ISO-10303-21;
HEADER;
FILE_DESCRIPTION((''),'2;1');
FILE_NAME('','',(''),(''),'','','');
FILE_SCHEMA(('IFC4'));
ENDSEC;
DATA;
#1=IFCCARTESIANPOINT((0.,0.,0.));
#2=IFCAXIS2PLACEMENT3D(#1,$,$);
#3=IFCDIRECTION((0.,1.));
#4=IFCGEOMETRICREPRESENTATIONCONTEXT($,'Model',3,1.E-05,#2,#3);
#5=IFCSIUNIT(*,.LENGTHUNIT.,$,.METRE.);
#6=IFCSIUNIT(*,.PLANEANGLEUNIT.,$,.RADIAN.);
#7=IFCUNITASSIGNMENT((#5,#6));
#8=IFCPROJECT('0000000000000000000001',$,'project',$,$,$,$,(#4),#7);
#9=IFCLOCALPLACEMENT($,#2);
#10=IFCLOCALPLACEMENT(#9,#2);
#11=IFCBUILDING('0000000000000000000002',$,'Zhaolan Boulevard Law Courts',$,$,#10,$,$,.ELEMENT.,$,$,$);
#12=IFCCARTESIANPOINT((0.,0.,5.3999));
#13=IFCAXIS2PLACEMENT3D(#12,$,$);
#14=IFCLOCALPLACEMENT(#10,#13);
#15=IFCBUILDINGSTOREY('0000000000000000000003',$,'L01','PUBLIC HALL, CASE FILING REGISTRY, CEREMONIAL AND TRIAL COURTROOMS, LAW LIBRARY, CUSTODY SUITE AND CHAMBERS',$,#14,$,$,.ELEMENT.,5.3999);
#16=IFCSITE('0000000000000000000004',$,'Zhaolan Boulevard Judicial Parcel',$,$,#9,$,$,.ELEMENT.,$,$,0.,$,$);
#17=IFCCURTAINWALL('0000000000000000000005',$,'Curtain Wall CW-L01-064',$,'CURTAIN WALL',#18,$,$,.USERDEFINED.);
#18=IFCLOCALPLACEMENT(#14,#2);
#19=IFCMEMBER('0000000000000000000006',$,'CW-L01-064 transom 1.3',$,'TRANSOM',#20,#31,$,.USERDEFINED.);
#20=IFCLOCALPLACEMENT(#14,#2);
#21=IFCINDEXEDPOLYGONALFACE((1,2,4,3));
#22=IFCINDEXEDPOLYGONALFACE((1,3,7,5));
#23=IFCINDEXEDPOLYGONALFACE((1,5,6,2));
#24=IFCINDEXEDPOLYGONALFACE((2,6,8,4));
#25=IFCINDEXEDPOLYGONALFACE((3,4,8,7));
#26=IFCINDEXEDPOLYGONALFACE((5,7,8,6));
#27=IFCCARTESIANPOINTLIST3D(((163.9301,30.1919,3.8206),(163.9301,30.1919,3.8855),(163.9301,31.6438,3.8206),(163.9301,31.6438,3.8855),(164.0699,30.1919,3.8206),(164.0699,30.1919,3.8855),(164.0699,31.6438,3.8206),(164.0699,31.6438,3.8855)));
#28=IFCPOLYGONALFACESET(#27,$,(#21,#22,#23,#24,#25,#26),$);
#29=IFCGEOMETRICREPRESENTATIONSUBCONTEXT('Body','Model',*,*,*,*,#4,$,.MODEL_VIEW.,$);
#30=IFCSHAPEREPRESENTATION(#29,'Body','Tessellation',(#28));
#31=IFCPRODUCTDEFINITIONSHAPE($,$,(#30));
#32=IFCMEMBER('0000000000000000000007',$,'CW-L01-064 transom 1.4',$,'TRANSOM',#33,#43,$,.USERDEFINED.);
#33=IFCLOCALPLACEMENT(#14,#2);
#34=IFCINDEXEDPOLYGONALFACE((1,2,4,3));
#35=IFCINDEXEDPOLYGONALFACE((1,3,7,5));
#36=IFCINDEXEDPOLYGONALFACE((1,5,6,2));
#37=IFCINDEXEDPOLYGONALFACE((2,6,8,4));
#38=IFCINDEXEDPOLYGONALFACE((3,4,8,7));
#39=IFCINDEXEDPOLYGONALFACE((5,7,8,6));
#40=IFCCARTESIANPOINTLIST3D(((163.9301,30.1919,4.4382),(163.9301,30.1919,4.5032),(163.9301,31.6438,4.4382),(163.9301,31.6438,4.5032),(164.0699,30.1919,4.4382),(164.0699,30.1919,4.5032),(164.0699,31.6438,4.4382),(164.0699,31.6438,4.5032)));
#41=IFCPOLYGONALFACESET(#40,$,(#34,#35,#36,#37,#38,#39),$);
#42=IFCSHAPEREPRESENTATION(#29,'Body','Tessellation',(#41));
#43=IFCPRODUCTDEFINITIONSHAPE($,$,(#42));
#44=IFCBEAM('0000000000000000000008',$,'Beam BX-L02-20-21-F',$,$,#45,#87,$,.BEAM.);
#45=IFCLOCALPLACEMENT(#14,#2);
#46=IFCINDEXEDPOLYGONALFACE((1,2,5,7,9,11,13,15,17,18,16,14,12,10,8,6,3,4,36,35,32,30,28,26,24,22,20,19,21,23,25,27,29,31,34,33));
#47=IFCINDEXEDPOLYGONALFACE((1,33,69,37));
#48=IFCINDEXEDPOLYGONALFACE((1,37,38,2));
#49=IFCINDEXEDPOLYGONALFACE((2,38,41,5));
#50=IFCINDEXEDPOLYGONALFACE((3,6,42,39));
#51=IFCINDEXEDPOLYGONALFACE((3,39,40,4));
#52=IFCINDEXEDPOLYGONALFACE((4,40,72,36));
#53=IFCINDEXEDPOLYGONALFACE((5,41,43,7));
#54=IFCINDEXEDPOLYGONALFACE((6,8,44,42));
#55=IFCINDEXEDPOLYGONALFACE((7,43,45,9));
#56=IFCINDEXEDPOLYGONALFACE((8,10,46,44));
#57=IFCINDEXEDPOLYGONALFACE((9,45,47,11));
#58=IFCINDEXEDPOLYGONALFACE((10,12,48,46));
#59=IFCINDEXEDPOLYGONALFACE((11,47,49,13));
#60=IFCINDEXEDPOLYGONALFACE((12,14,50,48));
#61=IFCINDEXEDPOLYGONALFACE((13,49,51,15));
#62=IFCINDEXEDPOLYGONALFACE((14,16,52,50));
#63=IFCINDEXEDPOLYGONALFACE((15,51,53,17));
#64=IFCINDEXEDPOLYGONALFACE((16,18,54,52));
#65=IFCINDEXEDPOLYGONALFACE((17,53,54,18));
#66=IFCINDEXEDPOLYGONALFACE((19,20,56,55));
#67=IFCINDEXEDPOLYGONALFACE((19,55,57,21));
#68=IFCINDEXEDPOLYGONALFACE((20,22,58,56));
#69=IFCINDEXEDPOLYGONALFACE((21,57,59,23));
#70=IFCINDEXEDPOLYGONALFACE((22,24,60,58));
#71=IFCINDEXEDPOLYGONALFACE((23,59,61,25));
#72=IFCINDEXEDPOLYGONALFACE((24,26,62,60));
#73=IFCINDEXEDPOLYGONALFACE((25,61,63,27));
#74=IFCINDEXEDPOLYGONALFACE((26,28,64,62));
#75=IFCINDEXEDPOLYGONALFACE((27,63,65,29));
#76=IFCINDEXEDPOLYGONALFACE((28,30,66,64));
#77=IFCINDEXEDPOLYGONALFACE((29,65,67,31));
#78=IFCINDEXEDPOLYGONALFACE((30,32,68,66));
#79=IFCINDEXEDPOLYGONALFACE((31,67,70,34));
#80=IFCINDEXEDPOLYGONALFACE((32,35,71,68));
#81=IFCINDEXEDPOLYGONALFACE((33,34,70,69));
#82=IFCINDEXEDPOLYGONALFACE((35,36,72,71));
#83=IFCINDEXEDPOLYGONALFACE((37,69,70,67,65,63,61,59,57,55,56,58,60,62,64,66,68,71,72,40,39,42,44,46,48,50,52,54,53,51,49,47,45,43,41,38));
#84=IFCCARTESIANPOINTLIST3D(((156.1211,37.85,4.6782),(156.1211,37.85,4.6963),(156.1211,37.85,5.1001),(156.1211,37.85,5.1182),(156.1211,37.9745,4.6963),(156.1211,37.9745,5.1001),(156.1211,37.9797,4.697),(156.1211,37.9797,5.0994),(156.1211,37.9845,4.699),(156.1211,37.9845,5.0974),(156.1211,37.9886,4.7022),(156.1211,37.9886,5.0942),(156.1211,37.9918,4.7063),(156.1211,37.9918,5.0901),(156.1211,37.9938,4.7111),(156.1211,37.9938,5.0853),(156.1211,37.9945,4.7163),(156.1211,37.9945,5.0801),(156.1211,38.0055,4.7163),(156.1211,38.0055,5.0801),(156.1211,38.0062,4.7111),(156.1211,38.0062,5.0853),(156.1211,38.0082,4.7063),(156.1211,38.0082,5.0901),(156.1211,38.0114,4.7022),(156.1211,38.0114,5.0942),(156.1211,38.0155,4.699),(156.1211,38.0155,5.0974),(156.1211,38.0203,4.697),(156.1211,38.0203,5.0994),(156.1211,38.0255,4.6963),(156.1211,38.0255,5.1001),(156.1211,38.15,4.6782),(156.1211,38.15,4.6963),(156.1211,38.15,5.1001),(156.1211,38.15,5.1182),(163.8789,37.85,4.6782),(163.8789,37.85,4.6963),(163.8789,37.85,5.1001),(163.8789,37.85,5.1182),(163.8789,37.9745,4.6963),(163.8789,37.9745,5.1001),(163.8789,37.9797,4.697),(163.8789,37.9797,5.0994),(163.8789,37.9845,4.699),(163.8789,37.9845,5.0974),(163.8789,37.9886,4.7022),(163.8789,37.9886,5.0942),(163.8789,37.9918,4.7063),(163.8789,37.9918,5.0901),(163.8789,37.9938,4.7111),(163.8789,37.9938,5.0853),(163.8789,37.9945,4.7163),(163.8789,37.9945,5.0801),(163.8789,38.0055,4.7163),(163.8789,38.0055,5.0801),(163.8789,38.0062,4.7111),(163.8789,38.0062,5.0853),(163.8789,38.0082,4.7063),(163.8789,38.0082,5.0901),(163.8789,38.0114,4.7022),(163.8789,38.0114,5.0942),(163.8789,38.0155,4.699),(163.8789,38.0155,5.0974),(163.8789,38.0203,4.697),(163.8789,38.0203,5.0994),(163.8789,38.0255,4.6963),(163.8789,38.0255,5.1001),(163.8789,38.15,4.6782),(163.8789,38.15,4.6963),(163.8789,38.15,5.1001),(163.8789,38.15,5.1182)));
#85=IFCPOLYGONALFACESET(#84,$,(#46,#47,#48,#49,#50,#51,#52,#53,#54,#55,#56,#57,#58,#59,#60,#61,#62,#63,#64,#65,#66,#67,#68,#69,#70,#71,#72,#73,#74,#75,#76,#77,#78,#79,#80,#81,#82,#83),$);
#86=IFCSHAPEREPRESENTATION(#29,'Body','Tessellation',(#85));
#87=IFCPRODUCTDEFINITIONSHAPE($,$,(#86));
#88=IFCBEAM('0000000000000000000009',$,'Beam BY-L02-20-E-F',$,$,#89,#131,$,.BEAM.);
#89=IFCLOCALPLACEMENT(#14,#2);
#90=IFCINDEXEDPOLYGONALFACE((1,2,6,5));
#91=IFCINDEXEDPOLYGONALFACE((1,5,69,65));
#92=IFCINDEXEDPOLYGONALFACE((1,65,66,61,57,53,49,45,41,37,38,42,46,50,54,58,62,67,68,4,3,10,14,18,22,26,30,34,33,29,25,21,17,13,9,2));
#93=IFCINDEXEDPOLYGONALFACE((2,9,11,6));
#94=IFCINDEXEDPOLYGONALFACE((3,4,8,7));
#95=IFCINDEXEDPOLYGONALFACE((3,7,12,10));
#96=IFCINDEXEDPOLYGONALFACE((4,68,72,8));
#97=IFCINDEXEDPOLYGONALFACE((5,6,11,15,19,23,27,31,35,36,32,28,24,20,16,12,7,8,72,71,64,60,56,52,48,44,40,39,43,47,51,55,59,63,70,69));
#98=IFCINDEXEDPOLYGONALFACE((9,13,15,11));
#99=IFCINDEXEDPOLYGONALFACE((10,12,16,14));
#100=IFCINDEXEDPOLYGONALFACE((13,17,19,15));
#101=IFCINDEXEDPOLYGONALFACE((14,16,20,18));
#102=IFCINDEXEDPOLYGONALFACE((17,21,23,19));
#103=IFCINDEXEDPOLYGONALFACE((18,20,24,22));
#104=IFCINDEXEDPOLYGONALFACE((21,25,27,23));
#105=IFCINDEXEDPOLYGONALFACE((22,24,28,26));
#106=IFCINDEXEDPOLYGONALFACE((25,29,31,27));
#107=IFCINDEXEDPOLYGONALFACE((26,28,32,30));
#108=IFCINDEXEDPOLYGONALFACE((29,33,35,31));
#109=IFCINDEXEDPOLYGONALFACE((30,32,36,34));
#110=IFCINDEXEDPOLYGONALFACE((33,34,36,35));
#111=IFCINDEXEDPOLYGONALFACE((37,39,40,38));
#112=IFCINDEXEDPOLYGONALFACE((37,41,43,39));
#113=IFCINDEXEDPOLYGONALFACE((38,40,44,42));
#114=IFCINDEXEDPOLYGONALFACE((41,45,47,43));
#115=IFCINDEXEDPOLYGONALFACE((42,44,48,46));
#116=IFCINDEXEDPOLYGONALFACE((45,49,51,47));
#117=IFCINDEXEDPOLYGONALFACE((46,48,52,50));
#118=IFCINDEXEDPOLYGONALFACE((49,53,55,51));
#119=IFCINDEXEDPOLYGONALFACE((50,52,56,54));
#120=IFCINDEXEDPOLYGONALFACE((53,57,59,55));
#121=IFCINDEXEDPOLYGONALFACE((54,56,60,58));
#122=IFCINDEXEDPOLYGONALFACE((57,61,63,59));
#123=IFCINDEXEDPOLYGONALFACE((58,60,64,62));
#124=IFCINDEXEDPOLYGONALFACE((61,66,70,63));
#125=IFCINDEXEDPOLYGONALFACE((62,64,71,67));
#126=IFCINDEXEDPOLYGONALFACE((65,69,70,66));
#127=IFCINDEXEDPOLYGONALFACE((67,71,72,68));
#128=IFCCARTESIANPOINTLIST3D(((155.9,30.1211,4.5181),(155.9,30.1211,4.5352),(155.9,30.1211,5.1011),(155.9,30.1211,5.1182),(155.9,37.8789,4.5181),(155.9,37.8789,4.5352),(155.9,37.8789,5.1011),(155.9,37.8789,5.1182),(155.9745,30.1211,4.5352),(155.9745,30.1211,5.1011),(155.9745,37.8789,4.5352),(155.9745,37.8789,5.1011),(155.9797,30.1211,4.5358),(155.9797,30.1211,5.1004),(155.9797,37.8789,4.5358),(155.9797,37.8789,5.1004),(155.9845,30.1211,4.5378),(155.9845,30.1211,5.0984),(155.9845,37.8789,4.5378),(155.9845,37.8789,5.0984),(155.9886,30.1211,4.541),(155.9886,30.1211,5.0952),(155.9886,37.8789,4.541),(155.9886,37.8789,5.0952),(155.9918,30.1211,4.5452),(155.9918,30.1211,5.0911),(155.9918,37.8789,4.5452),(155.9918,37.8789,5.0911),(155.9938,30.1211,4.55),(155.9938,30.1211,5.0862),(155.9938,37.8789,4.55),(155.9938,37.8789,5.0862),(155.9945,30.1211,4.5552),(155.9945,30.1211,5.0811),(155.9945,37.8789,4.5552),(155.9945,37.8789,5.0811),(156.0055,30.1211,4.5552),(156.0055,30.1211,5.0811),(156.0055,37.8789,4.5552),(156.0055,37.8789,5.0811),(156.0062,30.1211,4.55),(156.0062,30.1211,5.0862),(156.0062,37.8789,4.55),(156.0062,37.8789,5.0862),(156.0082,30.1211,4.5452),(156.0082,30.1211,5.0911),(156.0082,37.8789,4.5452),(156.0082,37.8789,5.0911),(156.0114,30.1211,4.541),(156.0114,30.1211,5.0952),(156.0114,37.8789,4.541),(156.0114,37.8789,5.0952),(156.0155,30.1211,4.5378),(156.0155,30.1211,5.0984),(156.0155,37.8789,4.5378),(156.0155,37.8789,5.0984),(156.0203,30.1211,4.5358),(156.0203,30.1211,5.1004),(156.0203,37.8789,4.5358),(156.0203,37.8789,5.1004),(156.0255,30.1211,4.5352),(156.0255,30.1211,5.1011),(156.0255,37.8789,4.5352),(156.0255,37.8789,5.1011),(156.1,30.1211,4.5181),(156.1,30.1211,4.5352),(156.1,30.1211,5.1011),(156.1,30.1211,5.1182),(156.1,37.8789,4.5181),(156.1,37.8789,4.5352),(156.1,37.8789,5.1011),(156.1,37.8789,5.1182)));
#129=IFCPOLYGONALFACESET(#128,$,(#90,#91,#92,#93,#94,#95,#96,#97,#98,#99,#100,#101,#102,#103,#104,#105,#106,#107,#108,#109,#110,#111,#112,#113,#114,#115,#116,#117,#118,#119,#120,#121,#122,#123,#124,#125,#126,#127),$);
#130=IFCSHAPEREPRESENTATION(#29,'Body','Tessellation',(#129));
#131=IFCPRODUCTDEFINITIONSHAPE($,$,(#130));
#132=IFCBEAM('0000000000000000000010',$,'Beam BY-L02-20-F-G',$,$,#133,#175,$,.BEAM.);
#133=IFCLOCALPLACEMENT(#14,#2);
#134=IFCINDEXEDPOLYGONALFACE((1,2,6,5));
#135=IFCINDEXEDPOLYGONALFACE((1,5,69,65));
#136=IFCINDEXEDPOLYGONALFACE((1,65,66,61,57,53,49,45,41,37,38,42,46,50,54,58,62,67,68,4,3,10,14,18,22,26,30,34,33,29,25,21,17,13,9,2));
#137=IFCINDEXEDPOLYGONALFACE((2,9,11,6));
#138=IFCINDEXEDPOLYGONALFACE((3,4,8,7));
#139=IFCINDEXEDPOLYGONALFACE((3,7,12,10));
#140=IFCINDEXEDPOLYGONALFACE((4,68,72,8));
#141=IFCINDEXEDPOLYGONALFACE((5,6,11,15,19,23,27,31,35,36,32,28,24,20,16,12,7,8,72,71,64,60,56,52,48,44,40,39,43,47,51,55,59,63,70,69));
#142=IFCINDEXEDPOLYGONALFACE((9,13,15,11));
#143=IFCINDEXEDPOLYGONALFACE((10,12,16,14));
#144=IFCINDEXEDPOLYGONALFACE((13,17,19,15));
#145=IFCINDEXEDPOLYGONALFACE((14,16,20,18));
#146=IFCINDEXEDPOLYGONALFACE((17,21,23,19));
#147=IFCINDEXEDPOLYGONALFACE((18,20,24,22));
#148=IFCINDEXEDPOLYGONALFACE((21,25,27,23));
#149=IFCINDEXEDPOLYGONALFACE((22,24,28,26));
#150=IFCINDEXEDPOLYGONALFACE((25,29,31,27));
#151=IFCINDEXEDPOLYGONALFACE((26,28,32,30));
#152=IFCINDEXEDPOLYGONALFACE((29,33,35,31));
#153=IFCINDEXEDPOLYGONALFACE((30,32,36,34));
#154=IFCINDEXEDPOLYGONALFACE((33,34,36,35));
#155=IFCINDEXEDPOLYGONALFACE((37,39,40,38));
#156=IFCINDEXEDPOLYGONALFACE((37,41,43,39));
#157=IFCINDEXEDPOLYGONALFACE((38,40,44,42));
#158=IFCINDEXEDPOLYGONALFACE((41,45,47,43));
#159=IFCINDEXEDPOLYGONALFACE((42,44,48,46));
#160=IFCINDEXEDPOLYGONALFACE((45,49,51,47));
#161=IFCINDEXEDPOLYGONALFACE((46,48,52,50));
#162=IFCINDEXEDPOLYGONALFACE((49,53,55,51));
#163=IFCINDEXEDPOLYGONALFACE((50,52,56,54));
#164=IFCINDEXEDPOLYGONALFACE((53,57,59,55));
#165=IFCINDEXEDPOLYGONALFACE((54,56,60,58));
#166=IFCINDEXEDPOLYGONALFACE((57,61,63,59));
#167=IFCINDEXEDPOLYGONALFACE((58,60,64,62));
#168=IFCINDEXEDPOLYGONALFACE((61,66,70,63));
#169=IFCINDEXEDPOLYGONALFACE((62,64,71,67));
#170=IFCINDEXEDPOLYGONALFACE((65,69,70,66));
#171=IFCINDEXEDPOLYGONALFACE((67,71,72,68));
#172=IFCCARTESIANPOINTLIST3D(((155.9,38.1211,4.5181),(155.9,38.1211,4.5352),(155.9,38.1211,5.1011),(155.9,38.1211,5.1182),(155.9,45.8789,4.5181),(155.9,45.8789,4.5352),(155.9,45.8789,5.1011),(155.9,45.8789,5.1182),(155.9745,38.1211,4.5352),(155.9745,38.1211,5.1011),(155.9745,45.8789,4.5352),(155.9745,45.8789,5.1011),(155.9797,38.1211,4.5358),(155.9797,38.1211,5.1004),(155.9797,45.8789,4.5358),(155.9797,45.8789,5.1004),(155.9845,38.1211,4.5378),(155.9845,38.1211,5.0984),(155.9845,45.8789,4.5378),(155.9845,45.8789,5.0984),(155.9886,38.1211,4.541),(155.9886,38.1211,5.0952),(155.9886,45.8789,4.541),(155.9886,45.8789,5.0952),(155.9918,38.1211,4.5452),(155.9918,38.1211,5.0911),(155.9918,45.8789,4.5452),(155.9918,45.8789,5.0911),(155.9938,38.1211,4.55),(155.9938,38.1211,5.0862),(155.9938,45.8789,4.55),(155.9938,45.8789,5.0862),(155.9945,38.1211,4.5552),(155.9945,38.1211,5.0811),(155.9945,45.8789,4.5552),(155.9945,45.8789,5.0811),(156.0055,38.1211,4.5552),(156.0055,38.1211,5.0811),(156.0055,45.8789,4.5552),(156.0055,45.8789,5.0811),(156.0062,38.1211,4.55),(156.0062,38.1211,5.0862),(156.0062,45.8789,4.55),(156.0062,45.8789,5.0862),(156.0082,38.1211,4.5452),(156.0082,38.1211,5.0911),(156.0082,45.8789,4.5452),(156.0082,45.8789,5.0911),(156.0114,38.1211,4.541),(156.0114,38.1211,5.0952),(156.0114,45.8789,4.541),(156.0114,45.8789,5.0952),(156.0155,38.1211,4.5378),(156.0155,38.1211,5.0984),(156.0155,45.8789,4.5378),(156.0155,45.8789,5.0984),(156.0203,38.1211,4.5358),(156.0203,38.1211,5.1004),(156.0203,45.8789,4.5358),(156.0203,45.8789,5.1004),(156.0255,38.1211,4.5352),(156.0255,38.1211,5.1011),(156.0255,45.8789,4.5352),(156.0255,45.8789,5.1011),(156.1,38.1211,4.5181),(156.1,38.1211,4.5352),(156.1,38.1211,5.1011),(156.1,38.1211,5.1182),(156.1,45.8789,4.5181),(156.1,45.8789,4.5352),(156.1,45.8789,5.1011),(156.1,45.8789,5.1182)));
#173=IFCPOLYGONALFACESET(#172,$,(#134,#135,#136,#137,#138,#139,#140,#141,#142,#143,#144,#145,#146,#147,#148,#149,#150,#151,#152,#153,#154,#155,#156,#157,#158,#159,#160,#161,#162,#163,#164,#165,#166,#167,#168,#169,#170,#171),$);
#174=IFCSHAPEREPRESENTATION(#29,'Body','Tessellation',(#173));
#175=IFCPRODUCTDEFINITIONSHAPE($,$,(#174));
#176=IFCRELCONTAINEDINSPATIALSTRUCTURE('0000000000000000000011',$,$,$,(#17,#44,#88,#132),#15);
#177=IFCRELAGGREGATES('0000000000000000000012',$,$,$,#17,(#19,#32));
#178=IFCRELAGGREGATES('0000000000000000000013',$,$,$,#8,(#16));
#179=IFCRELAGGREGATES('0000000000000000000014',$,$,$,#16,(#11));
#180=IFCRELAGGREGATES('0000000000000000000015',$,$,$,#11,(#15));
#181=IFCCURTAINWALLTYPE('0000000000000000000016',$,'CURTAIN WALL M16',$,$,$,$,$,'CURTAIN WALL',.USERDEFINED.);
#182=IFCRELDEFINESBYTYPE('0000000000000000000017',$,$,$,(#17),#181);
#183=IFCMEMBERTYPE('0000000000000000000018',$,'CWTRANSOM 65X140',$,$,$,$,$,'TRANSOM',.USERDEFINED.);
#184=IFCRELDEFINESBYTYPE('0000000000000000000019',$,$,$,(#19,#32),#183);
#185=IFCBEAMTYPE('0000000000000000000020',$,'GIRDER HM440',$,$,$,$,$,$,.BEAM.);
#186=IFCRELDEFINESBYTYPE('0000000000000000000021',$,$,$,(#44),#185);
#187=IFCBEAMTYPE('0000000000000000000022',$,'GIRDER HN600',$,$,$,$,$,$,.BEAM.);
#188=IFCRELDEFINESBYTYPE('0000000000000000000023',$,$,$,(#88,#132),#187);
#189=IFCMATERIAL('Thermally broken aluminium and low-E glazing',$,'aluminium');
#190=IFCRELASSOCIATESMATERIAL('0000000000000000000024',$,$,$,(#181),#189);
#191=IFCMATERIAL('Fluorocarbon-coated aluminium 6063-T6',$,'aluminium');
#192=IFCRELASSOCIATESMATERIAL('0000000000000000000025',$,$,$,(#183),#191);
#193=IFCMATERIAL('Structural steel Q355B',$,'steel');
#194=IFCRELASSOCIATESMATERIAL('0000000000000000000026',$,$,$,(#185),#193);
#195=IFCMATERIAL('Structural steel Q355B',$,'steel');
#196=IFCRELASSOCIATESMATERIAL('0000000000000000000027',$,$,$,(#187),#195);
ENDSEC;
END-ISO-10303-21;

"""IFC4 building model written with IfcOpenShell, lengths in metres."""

from ifc_helpers import new_model, si_unit, direction, frame, origin, origin_2d, place, context, subcontext, project, spatial, rectangle, i_section, extrude, material, material_profile, profile_set, type_object, element, aggregate, save


model = new_model("IFC4")

# Units and contexts
model_context = context("Model", 3, precision=1e-05, world=origin(), true_north=direction((0.0, 1.0)))
body_context = subcontext(model_context, "Body", "Model", "MODEL_VIEW")
ifc_project = project(units=[si_unit("LENGTHUNIT", "METRE"), si_unit("PLANEANGLEUNIT", "RADIAN")], contexts=[model_context])

# Site, building, storey
site_placement = place(None, origin())
site = spatial("IfcSite", under=ifc_project, at=site_placement, Name="Zhaolan Boulevard Judicial Parcel", CompositionType="ELEMENT", RefElevation=0.0)
building_placement = place(site_placement, origin())
building = spatial("IfcBuilding", under=site, at=building_placement, Name="Zhaolan Boulevard Law Courts", CompositionType="ELEMENT")
storey_placement = place(building_placement, frame((0.0, 0.0, 5.3999)))
storey = spatial("IfcBuildingStorey", under=building, at=storey_placement, Name="L01", Description="PUBLIC HALL, CASE FILING REGISTRY, CEREMONIAL AND TRIAL COURTROOMS, LAW LIBRARY, CUSTODY SUITE AND CHAMBERS", CompositionType="ELEMENT", Elevation=5.3999)

# Curtain wall, members
ifc_material_1 = material(Name="Thermally broken aluminium and low-E glazing", Category="aluminium")
curtain_wall_type = type_object("IfcCurtainWallType", Name="CURTAIN WALL M16", ElementType="CURTAIN WALL", PredefinedType="USERDEFINED", material=ifc_material_1)
curtain_wall_placement = place(storey_placement, origin())
curtain_wall = element("IfcCurtainWall", 1, at=curtain_wall_placement, inside=storey, type_object=curtain_wall_type, Name="Curtain Wall CW-L01-064", ObjectType="CURTAIN WALL", PredefinedType="USERDEFINED")
ifc_material_2 = material(Name="Fluorocarbon-coated aluminium 6063-T6", Category="aluminium")
ifc_material_profile_1 = material_profile(ifc_material_2, rectangle(XDim=0.1399, YDim=0.0649, at=origin_2d()), Name="AL65x140")
ifc_profile_set_1 = profile_set([ifc_material_profile_1], Name="Fluorocarbon-coated aluminium 6063-T6")
member_type_1 = type_object("IfcMemberType", Name="CWTRANSOM 65X140", ElementType="TRANSOM", PredefinedType="USERDEFINED", material=ifc_profile_set_1)
member_1_placement = place(storey_placement, frame((164.0, 30.1919, 3.853), z_axis=(0.0, 1.0, 0.0), x_axis=(-1.0, 0.0, 0.0)))
member_1 = element("IfcMember", 2, at=member_1_placement, type_object=member_type_1, Name="CW-L01-064 transom 1.3", ObjectType="TRANSOM", PredefinedType="USERDEFINED", context=body_context, shape_type="SweptSolid", body=[
    extrude(rectangle(XDim=0.1399, YDim=0.0649, at=origin_2d()), origin(), (0.0, 0.0, 1.0), 1.4519),
])
member_2_placement = place(storey_placement, frame((164.0, 30.1919, 4.4707), z_axis=(0.0, 1.0, 0.0), x_axis=(-1.0, 0.0, 0.0)))
member_2 = element("IfcMember", 3, at=member_2_placement, type_object=member_type_1, Name="CW-L01-064 transom 1.4", ObjectType="TRANSOM", PredefinedType="USERDEFINED", context=body_context, shape_type="SweptSolid", body=[
    extrude(rectangle(XDim=0.1399, YDim=0.0649, at=origin_2d()), origin(), (0.0, 0.0, 1.0), 1.4519),
])

# Beams
ifc_material_3 = material(Name="Structural steel Q355B", Category="steel")
ifc_material_profile_2 = material_profile(ifc_material_3, i_section(OverallWidth=0.3, OverallDepth=0.4399, WebThickness=0.011, FlangeThickness=0.0181, FilletRadius=0.02, at=origin_2d()), Name="HM440x300")
ifc_profile_set_2 = profile_set([ifc_material_profile_2], Name="Structural steel Q355B")
beam_type_1 = type_object("IfcBeamType", Name="GIRDER HM440", PredefinedType="BEAM", material=ifc_profile_set_2)
beam_1_placement = place(storey_placement, frame((156.1211, 38.0, 4.8982), z_axis=(1.0, 0.0, 0.0), x_axis=(0.0, 1.0, 0.0)))
element("IfcBeam", 4, at=beam_1_placement, inside=storey, type_object=beam_type_1, Name="Beam BX-L02-20-21-F", PredefinedType="BEAM", context=body_context, shape_type="SweptSolid", body=[
    extrude(i_section(OverallWidth=0.3, OverallDepth=0.4399, WebThickness=0.011, FlangeThickness=0.0181, FilletRadius=0.02, at=origin_2d()), origin(), (0.0, 0.0, 1.0), 7.7578),
])
ifc_material_4 = material(Name="Structural steel Q355B", Category="steel")
ifc_material_profile_3 = material_profile(ifc_material_4, i_section(OverallWidth=0.2, OverallDepth=0.6001, WebThickness=0.011, FlangeThickness=0.0171, FilletRadius=0.02, at=origin_2d()), Name="HN600x200")
ifc_profile_set_3 = profile_set([ifc_material_profile_3], Name="Structural steel Q355B")
beam_type_2 = type_object("IfcBeamType", Name="GIRDER HN600", PredefinedType="BEAM", material=ifc_profile_set_3)
for number, where, z_axis, x_axis, name in (
    (5, (156.0, 30.1211, 4.8181), (0.0, 1.0, 0.0), (-1.0, 0.0, 0.0), "Beam BY-L02-20-E-F"),
    (6, (156.0, 38.1211, 4.8181), (0.0, 1.0, 0.0), (-1.0, 0.0, 0.0), "Beam BY-L02-20-F-G"),
):
    element("IfcBeam", number, at=place(storey_placement, frame(where, z_axis=z_axis, x_axis=x_axis)), inside=storey, type_object=beam_type_2, Name=name, PredefinedType="BEAM", context=body_context, shape_type="SweptSolid", body=[
        extrude(i_section(OverallWidth=0.2, OverallDepth=0.6001, WebThickness=0.011, FlangeThickness=0.0171, FilletRadius=0.02, at=origin_2d()), origin(), (0.0, 0.0, 1.0), 7.7578),
    ])

aggregate(curtain_wall, [member_1, member_2])

save(model, "model.ifc")
